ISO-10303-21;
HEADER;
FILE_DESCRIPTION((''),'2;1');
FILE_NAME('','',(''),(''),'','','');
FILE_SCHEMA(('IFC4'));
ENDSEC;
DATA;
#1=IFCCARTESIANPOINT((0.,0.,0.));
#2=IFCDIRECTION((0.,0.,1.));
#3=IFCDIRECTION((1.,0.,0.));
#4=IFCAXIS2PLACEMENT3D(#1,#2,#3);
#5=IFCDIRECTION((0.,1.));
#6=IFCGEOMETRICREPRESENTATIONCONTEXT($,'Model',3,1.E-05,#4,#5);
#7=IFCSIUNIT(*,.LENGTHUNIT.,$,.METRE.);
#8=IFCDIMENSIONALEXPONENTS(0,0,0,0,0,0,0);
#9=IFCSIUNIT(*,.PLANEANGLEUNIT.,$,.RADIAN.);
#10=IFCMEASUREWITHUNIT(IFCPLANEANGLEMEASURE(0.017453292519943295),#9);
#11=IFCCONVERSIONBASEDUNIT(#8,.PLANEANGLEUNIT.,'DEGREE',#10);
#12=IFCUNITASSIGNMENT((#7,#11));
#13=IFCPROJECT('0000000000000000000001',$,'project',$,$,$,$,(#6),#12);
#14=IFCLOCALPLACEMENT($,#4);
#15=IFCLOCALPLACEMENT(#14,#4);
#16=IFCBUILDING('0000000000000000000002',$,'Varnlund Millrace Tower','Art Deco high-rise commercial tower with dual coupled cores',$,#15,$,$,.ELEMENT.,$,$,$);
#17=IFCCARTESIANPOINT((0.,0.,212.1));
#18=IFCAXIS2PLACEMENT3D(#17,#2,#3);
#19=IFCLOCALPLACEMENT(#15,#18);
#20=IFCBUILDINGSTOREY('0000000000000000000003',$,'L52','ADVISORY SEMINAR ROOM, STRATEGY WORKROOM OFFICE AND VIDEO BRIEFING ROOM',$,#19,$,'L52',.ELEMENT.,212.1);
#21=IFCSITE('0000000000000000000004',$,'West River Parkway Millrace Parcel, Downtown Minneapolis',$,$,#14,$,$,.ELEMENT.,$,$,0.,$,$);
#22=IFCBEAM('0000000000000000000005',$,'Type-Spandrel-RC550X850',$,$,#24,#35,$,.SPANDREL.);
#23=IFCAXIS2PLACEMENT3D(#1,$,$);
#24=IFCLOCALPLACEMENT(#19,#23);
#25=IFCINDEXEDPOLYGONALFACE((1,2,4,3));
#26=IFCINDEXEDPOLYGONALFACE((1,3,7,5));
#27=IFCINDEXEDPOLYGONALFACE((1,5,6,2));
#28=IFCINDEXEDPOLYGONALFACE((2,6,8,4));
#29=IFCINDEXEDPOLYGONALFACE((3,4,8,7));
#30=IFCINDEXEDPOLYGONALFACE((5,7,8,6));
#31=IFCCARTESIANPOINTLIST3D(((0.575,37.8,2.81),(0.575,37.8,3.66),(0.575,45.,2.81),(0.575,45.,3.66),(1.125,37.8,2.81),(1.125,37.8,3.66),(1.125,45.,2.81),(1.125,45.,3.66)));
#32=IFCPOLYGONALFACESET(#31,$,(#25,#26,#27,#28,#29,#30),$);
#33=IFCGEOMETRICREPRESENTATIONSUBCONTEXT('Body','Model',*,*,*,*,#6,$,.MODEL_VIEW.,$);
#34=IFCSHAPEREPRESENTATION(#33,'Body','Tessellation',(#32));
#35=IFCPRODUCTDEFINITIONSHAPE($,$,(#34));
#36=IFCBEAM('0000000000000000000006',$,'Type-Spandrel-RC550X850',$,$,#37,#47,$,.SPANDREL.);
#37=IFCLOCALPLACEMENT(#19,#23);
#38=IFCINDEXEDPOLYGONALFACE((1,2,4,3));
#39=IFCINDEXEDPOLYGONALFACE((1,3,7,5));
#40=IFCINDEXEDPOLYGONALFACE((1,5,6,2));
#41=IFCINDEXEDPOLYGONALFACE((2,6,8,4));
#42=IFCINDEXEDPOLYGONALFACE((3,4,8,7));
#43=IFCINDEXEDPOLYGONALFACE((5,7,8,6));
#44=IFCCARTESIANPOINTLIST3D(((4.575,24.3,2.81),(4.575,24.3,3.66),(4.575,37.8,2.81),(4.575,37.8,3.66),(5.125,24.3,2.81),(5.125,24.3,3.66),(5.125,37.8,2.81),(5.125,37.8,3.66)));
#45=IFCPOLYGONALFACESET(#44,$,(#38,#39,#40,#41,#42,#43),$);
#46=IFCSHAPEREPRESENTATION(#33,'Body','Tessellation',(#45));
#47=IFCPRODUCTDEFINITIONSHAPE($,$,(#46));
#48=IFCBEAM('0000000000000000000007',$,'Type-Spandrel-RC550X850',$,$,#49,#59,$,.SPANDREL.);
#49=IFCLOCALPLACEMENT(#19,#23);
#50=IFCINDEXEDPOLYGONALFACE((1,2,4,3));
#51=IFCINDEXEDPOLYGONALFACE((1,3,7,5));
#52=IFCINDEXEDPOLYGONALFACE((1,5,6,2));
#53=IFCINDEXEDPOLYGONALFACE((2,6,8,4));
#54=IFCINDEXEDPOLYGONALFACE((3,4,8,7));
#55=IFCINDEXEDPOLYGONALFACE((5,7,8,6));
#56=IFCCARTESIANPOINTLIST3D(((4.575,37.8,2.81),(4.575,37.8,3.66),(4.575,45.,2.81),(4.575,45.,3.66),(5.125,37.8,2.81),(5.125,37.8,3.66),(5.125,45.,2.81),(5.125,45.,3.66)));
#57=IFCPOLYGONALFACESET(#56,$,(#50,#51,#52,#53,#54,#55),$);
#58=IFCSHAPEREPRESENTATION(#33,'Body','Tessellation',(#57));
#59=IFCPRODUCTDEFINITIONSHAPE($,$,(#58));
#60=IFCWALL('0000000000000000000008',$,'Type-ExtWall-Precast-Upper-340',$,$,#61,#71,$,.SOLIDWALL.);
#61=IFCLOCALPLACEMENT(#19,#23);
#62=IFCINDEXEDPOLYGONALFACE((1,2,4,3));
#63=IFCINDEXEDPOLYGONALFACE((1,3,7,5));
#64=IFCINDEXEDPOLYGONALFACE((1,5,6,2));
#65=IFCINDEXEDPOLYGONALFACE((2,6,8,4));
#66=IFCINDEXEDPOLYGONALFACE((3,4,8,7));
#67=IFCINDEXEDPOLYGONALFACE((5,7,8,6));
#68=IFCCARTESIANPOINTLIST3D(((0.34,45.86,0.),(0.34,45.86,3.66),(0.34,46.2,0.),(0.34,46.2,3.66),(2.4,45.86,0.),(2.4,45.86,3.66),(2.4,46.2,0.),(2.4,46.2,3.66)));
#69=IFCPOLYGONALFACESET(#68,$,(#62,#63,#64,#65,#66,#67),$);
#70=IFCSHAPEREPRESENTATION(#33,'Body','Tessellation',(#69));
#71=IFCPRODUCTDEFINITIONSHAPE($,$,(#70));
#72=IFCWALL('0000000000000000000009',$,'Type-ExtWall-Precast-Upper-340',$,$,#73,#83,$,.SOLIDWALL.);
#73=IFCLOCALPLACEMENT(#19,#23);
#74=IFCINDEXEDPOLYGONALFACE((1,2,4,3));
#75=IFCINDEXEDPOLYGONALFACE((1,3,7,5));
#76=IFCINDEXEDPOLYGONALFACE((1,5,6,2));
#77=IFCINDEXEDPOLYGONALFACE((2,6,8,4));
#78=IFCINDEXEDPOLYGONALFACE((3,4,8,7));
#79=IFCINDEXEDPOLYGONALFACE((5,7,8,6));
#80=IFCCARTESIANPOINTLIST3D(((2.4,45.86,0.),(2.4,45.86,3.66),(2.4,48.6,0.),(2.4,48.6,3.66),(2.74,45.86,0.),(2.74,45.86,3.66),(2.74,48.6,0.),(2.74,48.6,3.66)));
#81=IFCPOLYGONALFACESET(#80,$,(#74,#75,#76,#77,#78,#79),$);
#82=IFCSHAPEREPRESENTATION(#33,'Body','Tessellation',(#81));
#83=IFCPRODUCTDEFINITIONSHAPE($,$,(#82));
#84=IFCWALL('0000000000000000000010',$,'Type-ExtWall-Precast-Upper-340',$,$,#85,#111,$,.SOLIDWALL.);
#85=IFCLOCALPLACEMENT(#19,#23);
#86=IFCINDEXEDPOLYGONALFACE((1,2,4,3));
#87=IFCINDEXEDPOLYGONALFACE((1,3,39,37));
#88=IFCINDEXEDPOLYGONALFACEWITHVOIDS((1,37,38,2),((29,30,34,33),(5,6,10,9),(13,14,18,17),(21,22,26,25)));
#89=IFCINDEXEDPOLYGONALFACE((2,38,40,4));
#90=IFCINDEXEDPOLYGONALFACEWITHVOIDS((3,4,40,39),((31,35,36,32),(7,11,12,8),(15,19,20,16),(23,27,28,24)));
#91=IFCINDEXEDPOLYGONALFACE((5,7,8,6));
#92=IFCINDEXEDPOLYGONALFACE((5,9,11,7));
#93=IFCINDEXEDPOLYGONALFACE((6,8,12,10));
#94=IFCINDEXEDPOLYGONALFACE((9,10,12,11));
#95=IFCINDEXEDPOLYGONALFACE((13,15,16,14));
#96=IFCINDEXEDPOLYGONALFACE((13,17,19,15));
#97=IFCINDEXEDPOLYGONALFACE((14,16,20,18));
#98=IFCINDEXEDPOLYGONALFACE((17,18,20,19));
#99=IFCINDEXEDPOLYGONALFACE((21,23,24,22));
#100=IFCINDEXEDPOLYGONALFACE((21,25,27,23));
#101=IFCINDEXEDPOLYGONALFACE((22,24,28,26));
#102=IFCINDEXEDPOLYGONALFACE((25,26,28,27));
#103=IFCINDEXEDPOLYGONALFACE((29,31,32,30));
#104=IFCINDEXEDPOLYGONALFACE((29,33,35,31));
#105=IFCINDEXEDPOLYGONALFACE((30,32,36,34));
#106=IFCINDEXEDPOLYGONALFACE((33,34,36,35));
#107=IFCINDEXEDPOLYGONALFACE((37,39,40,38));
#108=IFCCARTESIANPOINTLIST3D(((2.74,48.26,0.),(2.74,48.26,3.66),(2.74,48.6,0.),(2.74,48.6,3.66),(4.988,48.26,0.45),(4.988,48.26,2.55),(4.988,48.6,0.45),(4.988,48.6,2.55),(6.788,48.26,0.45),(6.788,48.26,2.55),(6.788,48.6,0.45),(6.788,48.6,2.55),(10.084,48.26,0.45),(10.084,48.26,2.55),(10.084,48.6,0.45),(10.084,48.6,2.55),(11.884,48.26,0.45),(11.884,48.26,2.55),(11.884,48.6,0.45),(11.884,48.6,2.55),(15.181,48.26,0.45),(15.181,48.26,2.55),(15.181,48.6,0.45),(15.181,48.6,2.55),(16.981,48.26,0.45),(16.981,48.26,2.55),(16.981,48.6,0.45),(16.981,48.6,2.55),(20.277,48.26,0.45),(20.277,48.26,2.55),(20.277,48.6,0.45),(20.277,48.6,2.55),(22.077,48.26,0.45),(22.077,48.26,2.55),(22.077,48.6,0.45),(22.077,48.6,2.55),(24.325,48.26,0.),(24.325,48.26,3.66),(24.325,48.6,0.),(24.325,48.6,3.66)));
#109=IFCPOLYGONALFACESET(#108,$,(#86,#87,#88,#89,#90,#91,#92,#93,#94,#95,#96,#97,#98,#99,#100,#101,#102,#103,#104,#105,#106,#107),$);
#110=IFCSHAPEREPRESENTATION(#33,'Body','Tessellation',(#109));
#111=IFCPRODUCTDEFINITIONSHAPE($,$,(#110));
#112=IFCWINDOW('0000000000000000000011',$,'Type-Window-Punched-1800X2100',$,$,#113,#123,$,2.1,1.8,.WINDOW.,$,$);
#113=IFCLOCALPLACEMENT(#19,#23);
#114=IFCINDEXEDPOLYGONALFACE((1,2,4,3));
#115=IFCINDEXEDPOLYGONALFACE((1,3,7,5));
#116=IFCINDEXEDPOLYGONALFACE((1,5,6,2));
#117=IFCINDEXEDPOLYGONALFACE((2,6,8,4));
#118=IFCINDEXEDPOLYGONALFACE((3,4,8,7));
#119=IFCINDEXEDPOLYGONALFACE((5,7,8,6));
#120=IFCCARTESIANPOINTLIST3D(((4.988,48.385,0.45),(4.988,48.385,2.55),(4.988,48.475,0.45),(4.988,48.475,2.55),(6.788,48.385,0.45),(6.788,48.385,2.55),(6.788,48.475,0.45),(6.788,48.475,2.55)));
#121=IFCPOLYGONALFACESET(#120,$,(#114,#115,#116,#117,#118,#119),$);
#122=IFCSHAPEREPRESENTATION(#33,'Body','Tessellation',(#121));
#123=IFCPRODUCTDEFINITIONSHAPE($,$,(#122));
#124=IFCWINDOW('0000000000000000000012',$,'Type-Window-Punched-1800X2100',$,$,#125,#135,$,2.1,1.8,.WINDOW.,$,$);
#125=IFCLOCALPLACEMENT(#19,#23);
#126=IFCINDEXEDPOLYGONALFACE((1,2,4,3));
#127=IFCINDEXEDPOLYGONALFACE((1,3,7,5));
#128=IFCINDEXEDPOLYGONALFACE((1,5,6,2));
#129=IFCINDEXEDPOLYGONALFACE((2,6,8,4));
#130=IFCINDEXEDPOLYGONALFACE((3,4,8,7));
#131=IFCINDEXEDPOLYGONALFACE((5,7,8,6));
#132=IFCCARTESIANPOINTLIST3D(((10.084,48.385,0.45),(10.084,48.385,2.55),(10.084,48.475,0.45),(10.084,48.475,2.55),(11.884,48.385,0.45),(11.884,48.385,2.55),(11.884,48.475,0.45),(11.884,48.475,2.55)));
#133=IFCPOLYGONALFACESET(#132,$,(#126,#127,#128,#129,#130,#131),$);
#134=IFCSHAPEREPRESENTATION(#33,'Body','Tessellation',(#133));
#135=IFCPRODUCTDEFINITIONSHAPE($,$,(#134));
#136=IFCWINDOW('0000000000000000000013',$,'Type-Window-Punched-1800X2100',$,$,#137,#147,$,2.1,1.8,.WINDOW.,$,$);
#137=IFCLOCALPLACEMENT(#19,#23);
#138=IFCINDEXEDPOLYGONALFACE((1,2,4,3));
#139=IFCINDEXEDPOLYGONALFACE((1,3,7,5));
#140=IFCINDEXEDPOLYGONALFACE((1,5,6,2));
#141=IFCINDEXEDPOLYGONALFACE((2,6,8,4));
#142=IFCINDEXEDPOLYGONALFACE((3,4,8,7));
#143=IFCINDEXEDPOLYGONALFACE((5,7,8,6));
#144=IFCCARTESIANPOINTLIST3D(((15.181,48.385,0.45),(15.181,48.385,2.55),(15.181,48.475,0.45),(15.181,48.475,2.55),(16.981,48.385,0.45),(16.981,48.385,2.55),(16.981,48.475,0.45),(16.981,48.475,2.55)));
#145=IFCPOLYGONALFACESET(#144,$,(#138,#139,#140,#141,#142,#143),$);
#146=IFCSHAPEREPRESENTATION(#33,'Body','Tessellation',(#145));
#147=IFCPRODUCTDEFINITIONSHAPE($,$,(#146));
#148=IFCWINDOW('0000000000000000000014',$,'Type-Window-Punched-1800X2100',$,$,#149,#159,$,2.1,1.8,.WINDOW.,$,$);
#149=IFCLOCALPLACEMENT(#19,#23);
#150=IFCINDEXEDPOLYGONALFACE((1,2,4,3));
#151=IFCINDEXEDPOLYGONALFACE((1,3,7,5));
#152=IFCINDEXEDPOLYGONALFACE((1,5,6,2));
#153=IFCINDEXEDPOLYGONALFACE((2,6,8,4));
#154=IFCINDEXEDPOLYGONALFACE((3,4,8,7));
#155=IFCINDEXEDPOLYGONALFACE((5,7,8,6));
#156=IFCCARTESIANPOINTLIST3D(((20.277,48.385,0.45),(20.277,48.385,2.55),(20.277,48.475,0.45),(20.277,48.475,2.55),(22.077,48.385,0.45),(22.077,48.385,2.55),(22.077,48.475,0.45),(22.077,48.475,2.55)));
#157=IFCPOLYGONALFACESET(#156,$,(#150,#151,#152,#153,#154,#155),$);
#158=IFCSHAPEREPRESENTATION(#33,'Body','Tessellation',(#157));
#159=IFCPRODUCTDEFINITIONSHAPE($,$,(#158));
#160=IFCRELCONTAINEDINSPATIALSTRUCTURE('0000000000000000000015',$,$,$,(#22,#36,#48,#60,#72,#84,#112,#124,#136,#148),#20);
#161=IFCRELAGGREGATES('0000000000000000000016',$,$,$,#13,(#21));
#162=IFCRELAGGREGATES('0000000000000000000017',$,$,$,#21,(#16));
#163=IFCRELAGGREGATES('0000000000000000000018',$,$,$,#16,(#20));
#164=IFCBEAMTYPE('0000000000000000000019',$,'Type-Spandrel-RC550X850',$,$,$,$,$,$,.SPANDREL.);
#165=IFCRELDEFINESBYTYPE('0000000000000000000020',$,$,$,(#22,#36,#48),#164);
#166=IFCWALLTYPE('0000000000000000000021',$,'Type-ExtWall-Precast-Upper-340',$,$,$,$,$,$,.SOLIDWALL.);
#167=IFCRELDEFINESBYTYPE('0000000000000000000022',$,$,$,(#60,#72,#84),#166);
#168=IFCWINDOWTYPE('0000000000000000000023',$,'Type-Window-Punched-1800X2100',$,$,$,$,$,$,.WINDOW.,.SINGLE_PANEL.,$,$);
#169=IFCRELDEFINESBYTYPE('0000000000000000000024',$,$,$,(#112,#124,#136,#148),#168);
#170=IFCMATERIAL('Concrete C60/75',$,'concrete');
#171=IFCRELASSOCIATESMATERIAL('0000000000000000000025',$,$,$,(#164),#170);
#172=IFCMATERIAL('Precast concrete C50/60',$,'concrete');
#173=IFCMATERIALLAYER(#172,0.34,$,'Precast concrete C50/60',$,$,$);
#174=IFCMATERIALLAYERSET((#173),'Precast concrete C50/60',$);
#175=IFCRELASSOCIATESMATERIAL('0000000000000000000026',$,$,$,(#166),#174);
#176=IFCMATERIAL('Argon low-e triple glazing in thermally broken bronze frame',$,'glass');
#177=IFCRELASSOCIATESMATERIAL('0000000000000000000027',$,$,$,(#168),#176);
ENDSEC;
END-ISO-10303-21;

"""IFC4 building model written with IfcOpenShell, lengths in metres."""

from ifc_helpers import new_model, entity, si_unit, converted_unit, direction, frame, origin_with_axes, origin_2d_with_axis, place, context, subcontext, project, spatial, polyline, rectangle, outline, extrude, material, layer, layer_set, material_profile, profile_set, type_object, element, fill, save


model = new_model("IFC4")

# Units and contexts
model_context = context("Model", 3, precision=1e-05, world=origin_with_axes(), true_north=direction((0.0, 1.0)))
body_context = subcontext(model_context, "Body", "Model", "MODEL_VIEW")
ifc_project = project(units=[si_unit("LENGTHUNIT", "METRE"), converted_unit("PLANEANGLEUNIT", "DEGREE", entity("IfcPlaneAngleMeasure", 0.017453292519943295), si_unit("PLANEANGLEUNIT", "RADIAN"), dimensions=[0, 0, 0, 0, 0, 0, 0])], contexts=[model_context])

# Site, building, storey
site_placement = place(None, origin_with_axes())
site = spatial("IfcSite", under=ifc_project, at=site_placement, Name="West River Parkway Millrace Parcel, Downtown Minneapolis", CompositionType="ELEMENT", RefElevation=0.0)
building_placement = place(site_placement, origin_with_axes())
building = spatial("IfcBuilding", under=site, at=building_placement, Name="Varnlund Millrace Tower", Description="Art Deco high-rise commercial tower with dual coupled cores", CompositionType="ELEMENT")
storey_placement = place(building_placement, frame((0.0, 0.0, 212.1), z_axis=(0.0, 0.0, 1.0), x_axis=(1.0, 0.0, 0.0)))
storey = spatial("IfcBuildingStorey", under=building, at=storey_placement, Name="L52", Description="ADVISORY SEMINAR ROOM, STRATEGY WORKROOM OFFICE AND VIDEO BRIEFING ROOM", LongName="L52", CompositionType="ELEMENT", Elevation=212.1)

# Beams
ifc_material_1 = material(Name="Concrete C60/75", Category="concrete")
ifc_material_profile_1 = material_profile(ifc_material_1, rectangle(XDim=0.55, YDim=0.85, at=origin_2d_with_axis()), Name="Concrete C60/75")
ifc_profile_set_1 = profile_set([ifc_material_profile_1], Name="Concrete C60/75")
beam_type_1 = type_object("IfcBeamType", Name="Type-Spandrel-RC550X850", PredefinedType="SPANDREL", material=ifc_profile_set_1)
beam_1_placement = place(storey_placement, frame((0.85, 37.8, 3.235), z_axis=(0.0, 1.0, 0.0), x_axis=(-1.0, 0.0, 0.0)))
element("IfcBeam", 1, at=beam_1_placement, inside=storey, type_object=beam_type_1, Name="Type-Spandrel-RC550X850", PredefinedType="SPANDREL", context=body_context, shape_type="SweptSolid", body=[
    extrude(rectangle(XDim=0.55, YDim=0.85, at=origin_2d_with_axis()), origin_with_axes(), (0.0, 0.0, 1.0), 7.2),
])
beam_2_placement = place(storey_placement, frame((4.85, 24.3, 3.235), z_axis=(0.0, 1.0, 0.0), x_axis=(-1.0, 0.0, 0.0)))
element("IfcBeam", 2, at=beam_2_placement, inside=storey, type_object=beam_type_1, Name="Type-Spandrel-RC550X850", PredefinedType="SPANDREL", context=body_context, shape_type="SweptSolid", body=[
    extrude(rectangle(XDim=0.55, YDim=0.85, at=origin_2d_with_axis()), origin_with_axes(), (0.0, 0.0, 1.0), 13.5),
])
beam_3_placement = place(storey_placement, frame((4.85, 37.8, 3.235), z_axis=(0.0, 1.0, 0.0), x_axis=(-1.0, 0.0, 0.0)))
element("IfcBeam", 3, at=beam_3_placement, inside=storey, type_object=beam_type_1, Name="Type-Spandrel-RC550X850", PredefinedType="SPANDREL", context=body_context, shape_type="SweptSolid", body=[
    extrude(rectangle(XDim=0.55, YDim=0.85, at=origin_2d_with_axis()), origin_with_axes(), (0.0, 0.0, 1.0), 7.2),
])

# Walls
ifc_material_2 = material(Name="Precast concrete C50/60", Category="concrete")
ifc_layer = layer(ifc_material_2, 0.34, Name="Precast concrete C50/60")
ifc_layer_set = layer_set([ifc_layer], Name="Precast concrete C50/60")
wall_type = type_object("IfcWallType", Name="Type-ExtWall-Precast-Upper-340", PredefinedType="SOLIDWALL", material=ifc_layer_set)
wall_1_placement = place(storey_placement, frame((0.34, 46.03, 0.0), z_axis=(0.0, 0.0, 1.0), x_axis=(1.0, 0.0, 0.0)))
element("IfcWall", 4, at=wall_1_placement, inside=storey, type_object=wall_type, Name="Type-ExtWall-Precast-Upper-340", PredefinedType="SOLIDWALL", context=body_context, shape_type="SweptSolid", body=[
    extrude(outline(polyline([(0.0, -0.17), (2.06, -0.17), (2.06, 0.17), (0.0, 0.17), (0.0, -0.17)])), origin_with_axes(), (0.0, 0.0, 1.0), 3.66),
])
wall_2_placement = place(storey_placement, frame((2.57, 45.86, 0.0), z_axis=(0.0, 0.0, 1.0), x_axis=(0.0, 1.0, 0.0)))
element("IfcWall", 5, at=wall_2_placement, inside=storey, type_object=wall_type, Name="Type-ExtWall-Precast-Upper-340", PredefinedType="SOLIDWALL", context=body_context, shape_type="SweptSolid", body=[
    extrude(outline(polyline([(0.0, -0.17), (2.74, -0.17), (2.74, 0.17), (0.0, 0.17), (0.0, -0.17)])), origin_with_axes(), (0.0, 0.0, 1.0), 3.66),
])

# Wall, openings, windows
wall_3_placement = place(storey_placement, frame((2.74, 48.43, 0.0), z_axis=(0.0, 0.0, 1.0), x_axis=(1.0, 0.0, 0.0)))
wall_3 = element("IfcWall", 6, at=wall_3_placement, inside=storey, type_object=wall_type, Name="Type-ExtWall-Precast-Upper-340", PredefinedType="SOLIDWALL", context=body_context, shape_type="SweptSolid", body=[
    extrude(outline(polyline([(0.0, -0.17), (21.585, -0.17), (21.585, 0.17), (0.0, 0.17), (0.0, -0.17)])), origin_with_axes(), (0.0, 0.0, 1.0), 3.66),
])
opening_1_placement = place(wall_3_placement, frame((3.148, 0.0, 0.45), z_axis=(0.0, 0.0, 1.0), x_axis=(1.0, 0.0, 0.0)))
opening_1 = element("IfcOpeningElement", 7, at=opening_1_placement, cuts=wall_3, PredefinedType="OPENING", context=body_context, shape_type="SweptSolid", body=[
    extrude(rectangle(XDim=1.8, YDim=0.36, at=origin_2d_with_axis()), origin_with_axes(), (0.0, 0.0, 1.0), 2.1),
])
opening_2_placement = place(wall_3_placement, frame((8.244, 0.0, 0.45), z_axis=(0.0, 0.0, 1.0), x_axis=(1.0, 0.0, 0.0)))
opening_2 = element("IfcOpeningElement", 8, at=opening_2_placement, cuts=wall_3, PredefinedType="OPENING", context=body_context, shape_type="SweptSolid", body=[
    extrude(rectangle(XDim=1.8, YDim=0.36, at=origin_2d_with_axis()), origin_with_axes(), (0.0, 0.0, 1.0), 2.1),
])
opening_3_placement = place(wall_3_placement, frame((13.341, 0.0, 0.45), z_axis=(0.0, 0.0, 1.0), x_axis=(1.0, 0.0, 0.0)))
opening_3 = element("IfcOpeningElement", 9, at=opening_3_placement, cuts=wall_3, PredefinedType="OPENING", context=body_context, shape_type="SweptSolid", body=[
    extrude(rectangle(XDim=1.8, YDim=0.36, at=origin_2d_with_axis()), origin_with_axes(), (0.0, 0.0, 1.0), 2.1),
])
opening_4_placement = place(wall_3_placement, frame((18.437, 0.0, 0.45), z_axis=(0.0, 0.0, 1.0), x_axis=(1.0, 0.0, 0.0)))
opening_4 = element("IfcOpeningElement", 10, at=opening_4_placement, cuts=wall_3, PredefinedType="OPENING", context=body_context, shape_type="SweptSolid", body=[
    extrude(rectangle(XDim=1.8, YDim=0.36, at=origin_2d_with_axis()), origin_with_axes(), (0.0, 0.0, 1.0), 2.1),
])
ifc_material_3 = material(Name="Argon low-e triple glazing in thermally broken bronze frame", Category="glass")
window_type = type_object("IfcWindowType", Name="Type-Window-Punched-1800X2100", PartitioningType="SINGLE_PANEL", PredefinedType="WINDOW", material=ifc_material_3)
window_1_placement = place(wall_3_placement, frame((3.148, 0.0, 0.45), z_axis=(0.0, 0.0, 1.0), x_axis=(1.0, 0.0, 0.0)))
window_1 = element("IfcWindow", 11, at=window_1_placement, inside=storey, type_object=window_type, Name="Type-Window-Punched-1800X2100", OverallHeight=2.1, OverallWidth=1.8, PredefinedType="WINDOW", context=body_context, shape_type="SweptSolid", body=[
    extrude(rectangle(XDim=1.8, YDim=0.09, at=origin_2d_with_axis()), origin_with_axes(), (0.0, 0.0, 1.0), 2.1),
])
fill(opening_1, window_1)
window_2_placement = place(wall_3_placement, frame((8.244, 0.0, 0.45), z_axis=(0.0, 0.0, 1.0), x_axis=(1.0, 0.0, 0.0)))
window_2 = element("IfcWindow", 12, at=window_2_placement, inside=storey, type_object=window_type, Name="Type-Window-Punched-1800X2100", OverallHeight=2.1, OverallWidth=1.8, PredefinedType="WINDOW", context=body_context, shape_type="SweptSolid", body=[
    extrude(rectangle(XDim=1.8, YDim=0.09, at=origin_2d_with_axis()), origin_with_axes(), (0.0, 0.0, 1.0), 2.1),
])
fill(opening_2, window_2)
window_3_placement = place(wall_3_placement, frame((13.341, 0.0, 0.45), z_axis=(0.0, 0.0, 1.0), x_axis=(1.0, 0.0, 0.0)))
window_3 = element("IfcWindow", 13, at=window_3_placement, inside=storey, type_object=window_type, Name="Type-Window-Punched-1800X2100", OverallHeight=2.1, OverallWidth=1.8, PredefinedType="WINDOW", context=body_context, shape_type="SweptSolid", body=[
    extrude(rectangle(XDim=1.8, YDim=0.09, at=origin_2d_with_axis()), origin_with_axes(), (0.0, 0.0, 1.0), 2.1),
])
fill(opening_3, window_3)
window_4_placement = place(wall_3_placement, frame((18.437, 0.0, 0.45), z_axis=(0.0, 0.0, 1.0), x_axis=(1.0, 0.0, 0.0)))
window_4 = element("IfcWindow", 14, at=window_4_placement, inside=storey, type_object=window_type, Name="Type-Window-Punched-1800X2100", OverallHeight=2.1, OverallWidth=1.8, PredefinedType="WINDOW", context=body_context, shape_type="SweptSolid", body=[
    extrude(rectangle(XDim=1.8, YDim=0.09, at=origin_2d_with_axis()), origin_with_axes(), (0.0, 0.0, 1.0), 2.1),
])
fill(opening_4, window_4)

save(model, "model.ifc")
